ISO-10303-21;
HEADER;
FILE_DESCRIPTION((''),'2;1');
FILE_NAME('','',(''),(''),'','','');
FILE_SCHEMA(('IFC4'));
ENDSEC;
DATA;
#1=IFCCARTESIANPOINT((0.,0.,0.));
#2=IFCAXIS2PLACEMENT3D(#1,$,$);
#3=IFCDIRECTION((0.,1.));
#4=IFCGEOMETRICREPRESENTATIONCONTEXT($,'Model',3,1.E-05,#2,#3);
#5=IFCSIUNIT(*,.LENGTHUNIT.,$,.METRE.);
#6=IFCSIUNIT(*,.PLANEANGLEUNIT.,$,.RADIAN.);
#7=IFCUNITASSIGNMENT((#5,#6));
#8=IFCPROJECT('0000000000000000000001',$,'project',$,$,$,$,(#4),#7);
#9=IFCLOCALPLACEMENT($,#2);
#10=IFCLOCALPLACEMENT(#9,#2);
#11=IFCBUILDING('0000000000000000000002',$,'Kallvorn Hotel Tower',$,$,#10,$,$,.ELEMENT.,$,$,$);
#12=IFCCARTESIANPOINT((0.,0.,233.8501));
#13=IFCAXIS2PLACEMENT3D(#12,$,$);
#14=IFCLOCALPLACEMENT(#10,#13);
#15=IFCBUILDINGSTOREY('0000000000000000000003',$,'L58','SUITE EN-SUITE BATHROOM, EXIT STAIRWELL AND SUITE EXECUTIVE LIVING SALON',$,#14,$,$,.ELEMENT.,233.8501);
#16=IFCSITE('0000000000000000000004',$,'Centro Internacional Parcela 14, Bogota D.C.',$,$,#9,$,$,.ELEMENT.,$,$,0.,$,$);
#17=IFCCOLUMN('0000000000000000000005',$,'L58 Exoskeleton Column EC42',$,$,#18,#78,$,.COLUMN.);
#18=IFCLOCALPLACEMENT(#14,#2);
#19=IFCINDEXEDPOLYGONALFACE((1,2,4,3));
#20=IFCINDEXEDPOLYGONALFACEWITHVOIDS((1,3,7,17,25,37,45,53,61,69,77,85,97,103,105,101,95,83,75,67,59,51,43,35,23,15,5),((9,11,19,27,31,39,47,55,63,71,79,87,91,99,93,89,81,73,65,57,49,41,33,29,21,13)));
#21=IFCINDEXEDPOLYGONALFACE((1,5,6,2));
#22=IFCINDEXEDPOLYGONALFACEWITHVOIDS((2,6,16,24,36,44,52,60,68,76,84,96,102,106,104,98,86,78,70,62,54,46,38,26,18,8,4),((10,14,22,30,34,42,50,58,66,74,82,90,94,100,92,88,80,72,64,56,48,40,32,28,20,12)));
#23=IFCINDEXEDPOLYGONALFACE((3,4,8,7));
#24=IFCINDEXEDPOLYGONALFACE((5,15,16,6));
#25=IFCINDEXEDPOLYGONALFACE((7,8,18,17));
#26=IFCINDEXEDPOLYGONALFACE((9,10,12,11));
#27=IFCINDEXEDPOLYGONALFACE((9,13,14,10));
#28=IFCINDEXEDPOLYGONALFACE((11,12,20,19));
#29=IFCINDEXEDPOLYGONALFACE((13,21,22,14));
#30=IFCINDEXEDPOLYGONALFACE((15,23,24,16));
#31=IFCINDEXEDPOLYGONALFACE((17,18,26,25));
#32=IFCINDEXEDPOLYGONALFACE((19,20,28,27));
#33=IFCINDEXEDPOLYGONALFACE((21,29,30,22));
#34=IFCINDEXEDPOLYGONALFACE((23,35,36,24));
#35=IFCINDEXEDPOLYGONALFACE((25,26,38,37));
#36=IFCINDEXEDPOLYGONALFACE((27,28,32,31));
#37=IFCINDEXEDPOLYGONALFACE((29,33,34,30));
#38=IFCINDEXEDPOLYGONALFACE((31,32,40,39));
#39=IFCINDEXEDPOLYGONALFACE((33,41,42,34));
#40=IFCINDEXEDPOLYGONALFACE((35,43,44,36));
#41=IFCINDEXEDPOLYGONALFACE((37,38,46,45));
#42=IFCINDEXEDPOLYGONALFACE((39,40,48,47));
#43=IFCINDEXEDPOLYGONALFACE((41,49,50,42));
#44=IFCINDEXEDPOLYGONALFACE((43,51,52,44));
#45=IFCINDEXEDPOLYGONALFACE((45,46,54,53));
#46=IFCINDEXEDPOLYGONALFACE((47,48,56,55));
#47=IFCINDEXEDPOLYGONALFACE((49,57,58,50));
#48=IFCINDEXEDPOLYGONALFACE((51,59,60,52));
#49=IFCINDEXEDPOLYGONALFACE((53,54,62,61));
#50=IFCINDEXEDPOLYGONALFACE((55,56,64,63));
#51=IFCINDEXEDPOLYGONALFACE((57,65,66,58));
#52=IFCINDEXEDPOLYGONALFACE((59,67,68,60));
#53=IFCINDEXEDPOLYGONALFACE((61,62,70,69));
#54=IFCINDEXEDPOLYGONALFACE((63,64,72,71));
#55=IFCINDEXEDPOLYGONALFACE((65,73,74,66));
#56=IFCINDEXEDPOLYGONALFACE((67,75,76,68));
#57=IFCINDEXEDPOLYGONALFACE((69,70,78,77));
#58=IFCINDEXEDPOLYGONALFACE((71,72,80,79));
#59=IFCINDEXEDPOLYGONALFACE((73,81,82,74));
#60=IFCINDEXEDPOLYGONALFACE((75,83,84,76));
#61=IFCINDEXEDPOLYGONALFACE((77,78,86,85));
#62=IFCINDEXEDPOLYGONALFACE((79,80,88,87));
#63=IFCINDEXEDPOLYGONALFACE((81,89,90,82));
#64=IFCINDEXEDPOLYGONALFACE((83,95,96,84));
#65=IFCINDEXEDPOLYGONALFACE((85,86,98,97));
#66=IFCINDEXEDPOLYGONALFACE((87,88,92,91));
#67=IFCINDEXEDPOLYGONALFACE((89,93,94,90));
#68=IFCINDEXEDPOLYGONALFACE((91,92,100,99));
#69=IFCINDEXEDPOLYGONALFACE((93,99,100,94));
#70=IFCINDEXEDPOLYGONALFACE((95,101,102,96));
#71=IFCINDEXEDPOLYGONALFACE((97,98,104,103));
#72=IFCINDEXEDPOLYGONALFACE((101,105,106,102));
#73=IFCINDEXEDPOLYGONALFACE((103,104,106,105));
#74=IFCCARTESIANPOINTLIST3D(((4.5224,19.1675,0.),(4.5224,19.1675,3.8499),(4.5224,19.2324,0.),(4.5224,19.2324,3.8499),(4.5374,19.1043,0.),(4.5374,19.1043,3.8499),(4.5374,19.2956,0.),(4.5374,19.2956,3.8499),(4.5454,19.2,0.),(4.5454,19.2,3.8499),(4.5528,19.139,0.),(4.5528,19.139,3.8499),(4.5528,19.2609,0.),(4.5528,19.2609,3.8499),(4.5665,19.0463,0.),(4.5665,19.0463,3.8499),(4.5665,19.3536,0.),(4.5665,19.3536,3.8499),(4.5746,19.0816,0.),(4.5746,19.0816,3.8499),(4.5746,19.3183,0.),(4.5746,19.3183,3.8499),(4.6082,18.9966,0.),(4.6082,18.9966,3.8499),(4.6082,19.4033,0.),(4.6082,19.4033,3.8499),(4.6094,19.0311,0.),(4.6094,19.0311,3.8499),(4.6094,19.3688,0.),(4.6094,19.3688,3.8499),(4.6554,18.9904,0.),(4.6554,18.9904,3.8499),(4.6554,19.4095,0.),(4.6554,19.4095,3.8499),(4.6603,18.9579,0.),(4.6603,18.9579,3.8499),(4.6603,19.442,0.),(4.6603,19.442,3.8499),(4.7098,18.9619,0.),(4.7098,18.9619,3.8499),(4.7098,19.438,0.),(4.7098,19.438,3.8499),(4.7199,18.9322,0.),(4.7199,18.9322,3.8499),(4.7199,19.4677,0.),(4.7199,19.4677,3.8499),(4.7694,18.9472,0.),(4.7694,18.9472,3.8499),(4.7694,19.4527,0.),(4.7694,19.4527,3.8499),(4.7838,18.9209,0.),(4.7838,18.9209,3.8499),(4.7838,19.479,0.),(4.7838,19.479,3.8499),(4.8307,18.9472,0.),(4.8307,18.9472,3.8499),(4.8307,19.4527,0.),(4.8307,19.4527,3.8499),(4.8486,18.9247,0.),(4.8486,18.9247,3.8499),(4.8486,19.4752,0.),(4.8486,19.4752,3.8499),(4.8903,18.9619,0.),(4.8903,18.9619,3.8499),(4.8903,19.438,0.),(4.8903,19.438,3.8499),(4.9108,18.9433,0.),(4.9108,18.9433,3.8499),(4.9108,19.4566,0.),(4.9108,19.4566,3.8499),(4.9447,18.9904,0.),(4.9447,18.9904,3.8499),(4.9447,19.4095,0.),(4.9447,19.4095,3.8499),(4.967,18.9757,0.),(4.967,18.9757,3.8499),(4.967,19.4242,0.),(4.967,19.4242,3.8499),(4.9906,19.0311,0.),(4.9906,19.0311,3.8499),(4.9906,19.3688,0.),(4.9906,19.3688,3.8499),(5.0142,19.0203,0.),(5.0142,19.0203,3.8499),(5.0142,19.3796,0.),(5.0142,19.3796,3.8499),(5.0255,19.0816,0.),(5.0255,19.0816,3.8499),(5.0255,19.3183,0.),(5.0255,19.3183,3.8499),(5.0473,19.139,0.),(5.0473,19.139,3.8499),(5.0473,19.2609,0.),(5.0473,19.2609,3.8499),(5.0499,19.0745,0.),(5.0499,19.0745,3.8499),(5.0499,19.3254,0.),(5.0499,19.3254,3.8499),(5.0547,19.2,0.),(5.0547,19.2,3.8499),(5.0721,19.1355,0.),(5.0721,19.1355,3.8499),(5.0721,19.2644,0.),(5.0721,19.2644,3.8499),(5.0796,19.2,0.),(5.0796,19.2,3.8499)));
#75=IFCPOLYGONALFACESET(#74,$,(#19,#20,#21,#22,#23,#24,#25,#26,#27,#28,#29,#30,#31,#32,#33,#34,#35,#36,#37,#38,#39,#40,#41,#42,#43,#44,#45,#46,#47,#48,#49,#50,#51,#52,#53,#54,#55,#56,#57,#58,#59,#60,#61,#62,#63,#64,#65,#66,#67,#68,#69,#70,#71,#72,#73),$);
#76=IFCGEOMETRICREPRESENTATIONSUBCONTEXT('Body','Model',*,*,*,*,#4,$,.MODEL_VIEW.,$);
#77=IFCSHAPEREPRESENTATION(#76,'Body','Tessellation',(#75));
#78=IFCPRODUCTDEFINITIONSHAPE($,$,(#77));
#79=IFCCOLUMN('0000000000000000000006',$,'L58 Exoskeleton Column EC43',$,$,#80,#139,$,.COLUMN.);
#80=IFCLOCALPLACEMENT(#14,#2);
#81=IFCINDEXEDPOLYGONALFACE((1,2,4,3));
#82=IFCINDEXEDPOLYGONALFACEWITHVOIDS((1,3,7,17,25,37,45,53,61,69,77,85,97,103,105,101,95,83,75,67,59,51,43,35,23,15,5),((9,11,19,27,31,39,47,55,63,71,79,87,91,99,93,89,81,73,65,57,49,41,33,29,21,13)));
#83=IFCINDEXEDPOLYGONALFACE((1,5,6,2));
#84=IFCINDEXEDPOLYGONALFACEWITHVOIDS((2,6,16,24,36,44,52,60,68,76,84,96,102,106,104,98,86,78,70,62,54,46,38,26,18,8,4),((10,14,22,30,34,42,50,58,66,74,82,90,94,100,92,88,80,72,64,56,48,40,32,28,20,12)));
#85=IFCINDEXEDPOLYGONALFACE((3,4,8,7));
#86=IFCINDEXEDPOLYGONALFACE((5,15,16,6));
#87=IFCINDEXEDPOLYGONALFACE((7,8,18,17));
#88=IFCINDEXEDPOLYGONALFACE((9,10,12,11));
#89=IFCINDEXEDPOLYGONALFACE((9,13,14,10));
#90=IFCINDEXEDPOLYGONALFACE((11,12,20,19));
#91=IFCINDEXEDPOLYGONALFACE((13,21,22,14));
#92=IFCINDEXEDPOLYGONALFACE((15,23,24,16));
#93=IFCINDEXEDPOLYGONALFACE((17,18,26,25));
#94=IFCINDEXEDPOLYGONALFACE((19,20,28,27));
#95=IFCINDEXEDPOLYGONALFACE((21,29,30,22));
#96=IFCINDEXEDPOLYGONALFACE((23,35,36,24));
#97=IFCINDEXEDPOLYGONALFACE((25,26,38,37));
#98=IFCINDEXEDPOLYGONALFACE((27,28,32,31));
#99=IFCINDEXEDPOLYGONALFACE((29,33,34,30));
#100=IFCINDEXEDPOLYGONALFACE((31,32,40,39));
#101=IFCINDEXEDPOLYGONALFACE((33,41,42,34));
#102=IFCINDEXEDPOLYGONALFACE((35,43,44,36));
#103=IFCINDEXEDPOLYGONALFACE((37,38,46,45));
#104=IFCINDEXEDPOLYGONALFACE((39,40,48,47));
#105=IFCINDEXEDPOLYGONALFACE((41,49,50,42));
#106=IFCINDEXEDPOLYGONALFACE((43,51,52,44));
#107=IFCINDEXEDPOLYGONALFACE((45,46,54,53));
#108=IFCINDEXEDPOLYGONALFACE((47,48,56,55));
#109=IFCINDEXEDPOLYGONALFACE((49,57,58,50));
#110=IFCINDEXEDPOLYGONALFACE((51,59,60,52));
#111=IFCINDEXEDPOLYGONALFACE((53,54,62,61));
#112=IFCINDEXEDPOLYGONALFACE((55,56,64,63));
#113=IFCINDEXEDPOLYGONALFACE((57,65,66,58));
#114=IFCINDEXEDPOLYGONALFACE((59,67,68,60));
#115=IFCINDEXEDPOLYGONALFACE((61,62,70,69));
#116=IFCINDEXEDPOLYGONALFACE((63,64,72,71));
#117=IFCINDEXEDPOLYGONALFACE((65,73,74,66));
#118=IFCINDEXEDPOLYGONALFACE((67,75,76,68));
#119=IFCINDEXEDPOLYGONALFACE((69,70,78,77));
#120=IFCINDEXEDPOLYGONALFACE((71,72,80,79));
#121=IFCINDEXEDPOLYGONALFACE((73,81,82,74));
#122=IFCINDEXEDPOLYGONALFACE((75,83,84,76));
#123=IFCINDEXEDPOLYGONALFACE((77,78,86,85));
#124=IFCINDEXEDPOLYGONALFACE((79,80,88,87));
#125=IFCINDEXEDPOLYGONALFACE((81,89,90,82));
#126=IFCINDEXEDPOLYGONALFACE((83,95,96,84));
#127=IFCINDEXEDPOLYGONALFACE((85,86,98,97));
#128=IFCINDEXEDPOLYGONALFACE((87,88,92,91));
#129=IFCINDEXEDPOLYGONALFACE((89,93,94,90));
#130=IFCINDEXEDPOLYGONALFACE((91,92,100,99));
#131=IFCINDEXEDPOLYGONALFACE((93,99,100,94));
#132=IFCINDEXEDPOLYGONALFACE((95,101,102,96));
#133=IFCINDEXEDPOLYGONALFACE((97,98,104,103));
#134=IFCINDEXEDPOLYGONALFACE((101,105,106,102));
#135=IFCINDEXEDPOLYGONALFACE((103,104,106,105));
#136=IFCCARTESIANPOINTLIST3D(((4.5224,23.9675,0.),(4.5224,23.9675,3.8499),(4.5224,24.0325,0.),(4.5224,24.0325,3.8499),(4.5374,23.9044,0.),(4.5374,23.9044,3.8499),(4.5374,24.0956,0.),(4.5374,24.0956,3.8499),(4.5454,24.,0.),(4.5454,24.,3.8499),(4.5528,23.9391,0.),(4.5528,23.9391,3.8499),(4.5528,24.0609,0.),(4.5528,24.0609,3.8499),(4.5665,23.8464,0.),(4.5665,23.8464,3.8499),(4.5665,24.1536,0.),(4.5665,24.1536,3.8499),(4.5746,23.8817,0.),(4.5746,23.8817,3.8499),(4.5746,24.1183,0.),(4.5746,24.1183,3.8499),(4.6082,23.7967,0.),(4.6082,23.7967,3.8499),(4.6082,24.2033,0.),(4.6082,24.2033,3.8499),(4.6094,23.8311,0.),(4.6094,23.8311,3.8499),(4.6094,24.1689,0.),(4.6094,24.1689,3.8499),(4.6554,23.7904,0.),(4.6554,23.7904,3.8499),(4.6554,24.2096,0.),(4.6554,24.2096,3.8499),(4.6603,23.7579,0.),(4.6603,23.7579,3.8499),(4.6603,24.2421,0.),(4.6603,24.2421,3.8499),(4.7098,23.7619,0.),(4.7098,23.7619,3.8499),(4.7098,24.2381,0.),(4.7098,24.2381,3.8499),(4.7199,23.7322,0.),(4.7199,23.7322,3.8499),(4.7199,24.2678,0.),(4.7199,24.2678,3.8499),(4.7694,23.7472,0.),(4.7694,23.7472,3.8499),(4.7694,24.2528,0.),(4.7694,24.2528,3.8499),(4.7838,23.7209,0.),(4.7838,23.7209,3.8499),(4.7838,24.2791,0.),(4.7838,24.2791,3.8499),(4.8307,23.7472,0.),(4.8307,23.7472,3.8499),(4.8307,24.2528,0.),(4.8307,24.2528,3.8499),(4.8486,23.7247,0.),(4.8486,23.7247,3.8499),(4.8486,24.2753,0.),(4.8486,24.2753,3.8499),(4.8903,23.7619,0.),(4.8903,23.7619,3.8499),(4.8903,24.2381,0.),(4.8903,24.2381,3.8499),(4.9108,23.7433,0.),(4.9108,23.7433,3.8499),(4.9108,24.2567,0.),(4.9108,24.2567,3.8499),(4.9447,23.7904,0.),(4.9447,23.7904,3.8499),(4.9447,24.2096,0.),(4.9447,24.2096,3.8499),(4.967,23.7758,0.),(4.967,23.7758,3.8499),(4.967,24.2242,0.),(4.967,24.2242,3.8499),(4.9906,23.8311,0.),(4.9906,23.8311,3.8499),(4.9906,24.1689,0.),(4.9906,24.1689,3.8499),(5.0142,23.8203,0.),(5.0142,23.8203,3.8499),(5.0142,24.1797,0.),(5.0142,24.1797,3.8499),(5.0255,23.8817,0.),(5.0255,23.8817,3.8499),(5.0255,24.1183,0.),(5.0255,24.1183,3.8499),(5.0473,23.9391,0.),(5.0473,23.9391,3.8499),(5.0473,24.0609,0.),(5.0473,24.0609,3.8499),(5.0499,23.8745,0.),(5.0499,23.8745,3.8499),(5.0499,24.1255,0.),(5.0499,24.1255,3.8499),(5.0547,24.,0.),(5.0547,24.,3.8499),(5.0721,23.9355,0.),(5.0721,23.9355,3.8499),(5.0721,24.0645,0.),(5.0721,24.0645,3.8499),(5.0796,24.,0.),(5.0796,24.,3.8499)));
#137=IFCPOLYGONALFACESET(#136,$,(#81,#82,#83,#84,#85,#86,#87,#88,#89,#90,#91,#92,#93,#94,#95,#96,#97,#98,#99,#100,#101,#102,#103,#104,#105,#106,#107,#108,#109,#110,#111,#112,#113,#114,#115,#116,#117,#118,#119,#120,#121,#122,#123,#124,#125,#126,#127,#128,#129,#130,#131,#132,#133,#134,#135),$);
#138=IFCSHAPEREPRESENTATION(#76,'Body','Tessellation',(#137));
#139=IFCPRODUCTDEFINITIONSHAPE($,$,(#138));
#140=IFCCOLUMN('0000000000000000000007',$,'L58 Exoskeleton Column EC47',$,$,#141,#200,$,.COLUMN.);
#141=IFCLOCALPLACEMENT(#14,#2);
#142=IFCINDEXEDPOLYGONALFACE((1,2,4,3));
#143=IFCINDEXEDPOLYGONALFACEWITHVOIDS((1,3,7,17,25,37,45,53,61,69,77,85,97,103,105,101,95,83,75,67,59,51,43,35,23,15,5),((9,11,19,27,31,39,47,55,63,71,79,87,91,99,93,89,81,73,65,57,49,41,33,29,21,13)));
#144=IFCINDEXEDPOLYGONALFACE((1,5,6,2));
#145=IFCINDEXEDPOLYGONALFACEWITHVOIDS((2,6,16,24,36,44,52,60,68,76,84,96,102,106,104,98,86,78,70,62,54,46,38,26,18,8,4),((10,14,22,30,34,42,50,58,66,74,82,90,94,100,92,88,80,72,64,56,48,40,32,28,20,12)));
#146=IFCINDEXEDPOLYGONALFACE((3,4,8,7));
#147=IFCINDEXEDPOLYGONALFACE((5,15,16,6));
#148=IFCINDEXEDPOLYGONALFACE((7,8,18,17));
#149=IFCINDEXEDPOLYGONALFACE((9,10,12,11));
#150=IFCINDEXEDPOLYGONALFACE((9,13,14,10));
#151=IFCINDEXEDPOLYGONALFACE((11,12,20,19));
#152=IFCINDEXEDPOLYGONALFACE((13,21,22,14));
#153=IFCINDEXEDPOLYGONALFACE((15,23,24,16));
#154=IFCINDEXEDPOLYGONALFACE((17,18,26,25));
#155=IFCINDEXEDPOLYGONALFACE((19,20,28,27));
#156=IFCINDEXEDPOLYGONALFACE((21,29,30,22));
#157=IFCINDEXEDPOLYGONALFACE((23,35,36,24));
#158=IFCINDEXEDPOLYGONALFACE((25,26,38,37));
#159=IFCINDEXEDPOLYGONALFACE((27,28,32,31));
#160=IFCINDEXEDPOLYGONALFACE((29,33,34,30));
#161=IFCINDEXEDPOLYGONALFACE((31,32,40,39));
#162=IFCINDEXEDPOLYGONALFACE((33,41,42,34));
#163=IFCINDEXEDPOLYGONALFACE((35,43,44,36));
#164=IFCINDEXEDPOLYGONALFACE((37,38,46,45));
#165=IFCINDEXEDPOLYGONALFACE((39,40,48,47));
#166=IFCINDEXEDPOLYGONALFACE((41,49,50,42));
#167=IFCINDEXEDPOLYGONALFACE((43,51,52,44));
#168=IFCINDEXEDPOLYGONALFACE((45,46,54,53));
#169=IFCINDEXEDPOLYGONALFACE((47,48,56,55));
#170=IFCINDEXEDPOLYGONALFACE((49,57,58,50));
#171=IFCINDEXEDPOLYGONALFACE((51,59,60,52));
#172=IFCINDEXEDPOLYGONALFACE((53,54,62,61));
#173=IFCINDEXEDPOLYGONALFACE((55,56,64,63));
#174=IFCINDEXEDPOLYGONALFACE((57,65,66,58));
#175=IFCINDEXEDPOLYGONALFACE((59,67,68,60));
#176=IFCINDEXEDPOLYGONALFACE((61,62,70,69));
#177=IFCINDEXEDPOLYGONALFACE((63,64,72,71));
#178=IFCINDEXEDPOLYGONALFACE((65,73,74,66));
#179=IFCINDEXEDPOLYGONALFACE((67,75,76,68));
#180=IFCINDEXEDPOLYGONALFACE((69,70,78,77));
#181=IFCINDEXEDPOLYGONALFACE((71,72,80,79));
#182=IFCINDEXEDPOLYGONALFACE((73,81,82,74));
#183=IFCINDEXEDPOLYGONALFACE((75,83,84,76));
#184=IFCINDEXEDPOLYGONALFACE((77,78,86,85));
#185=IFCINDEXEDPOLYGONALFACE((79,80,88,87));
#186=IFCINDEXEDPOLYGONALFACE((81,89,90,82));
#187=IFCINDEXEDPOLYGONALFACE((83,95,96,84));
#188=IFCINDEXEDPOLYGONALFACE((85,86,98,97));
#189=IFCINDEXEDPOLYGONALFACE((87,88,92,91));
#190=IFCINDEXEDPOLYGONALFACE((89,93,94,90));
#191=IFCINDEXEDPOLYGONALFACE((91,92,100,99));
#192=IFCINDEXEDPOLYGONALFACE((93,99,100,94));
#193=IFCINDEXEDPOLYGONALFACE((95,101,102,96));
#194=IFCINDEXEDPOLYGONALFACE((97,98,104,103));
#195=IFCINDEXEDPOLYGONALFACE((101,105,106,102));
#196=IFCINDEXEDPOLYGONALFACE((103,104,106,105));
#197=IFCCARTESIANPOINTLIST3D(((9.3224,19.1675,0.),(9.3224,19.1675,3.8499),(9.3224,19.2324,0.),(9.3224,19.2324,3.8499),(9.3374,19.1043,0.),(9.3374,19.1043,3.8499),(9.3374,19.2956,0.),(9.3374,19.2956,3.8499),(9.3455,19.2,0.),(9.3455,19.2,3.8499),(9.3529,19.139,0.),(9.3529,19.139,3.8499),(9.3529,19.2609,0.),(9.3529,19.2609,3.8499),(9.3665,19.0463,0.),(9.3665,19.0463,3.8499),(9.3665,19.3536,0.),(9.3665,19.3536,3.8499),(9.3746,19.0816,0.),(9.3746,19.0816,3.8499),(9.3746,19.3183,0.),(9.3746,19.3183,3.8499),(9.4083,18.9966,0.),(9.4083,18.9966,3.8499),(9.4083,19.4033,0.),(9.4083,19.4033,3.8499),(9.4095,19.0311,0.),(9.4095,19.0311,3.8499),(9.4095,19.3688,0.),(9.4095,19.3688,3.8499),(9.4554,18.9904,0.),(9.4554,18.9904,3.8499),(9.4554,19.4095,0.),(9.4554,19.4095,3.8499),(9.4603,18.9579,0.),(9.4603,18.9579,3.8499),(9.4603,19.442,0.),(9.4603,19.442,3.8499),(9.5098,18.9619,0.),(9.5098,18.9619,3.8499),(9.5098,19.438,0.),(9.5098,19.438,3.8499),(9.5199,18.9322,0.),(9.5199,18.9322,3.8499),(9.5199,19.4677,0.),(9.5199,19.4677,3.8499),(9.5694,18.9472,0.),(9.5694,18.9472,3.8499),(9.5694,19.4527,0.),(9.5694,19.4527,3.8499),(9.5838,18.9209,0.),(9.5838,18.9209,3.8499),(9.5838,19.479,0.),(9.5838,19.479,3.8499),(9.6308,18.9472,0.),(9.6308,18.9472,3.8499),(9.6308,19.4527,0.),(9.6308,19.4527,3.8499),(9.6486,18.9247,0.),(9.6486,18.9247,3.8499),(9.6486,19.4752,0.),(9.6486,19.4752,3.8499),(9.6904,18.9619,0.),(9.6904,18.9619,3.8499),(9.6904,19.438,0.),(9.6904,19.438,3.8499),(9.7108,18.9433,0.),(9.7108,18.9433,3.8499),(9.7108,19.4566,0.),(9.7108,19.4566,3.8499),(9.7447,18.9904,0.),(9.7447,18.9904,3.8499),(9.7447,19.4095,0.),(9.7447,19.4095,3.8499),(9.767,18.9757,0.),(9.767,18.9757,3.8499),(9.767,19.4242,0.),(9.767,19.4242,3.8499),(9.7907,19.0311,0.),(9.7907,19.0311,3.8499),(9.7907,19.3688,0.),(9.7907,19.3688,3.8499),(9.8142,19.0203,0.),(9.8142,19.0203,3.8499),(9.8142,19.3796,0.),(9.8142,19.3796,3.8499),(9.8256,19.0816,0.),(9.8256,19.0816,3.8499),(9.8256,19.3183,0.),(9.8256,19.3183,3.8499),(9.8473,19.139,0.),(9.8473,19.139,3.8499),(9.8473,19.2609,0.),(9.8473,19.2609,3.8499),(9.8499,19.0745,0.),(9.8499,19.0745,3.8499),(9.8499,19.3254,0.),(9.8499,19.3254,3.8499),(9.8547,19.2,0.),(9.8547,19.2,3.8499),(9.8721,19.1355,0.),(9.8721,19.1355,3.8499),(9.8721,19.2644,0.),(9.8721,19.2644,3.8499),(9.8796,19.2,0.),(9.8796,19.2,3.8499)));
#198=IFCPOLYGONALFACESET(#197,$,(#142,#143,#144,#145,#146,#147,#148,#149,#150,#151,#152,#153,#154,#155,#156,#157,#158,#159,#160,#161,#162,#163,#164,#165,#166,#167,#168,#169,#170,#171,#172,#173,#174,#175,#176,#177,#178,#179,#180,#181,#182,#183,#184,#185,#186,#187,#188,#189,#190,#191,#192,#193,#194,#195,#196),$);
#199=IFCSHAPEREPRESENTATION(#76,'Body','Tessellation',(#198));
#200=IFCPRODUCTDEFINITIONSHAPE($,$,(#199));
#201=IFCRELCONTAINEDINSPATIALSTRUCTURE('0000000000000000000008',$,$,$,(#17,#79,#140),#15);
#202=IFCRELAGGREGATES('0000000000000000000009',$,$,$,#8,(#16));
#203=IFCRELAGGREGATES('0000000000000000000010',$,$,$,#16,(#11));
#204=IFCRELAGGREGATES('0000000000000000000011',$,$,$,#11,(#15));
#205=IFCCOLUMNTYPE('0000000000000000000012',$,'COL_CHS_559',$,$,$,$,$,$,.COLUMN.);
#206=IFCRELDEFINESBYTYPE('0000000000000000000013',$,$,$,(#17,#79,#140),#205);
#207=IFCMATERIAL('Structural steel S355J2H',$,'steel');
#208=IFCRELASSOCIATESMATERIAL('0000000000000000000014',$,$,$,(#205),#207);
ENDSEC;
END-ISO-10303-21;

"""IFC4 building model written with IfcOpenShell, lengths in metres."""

from ifc_helpers import new_model, si_unit, direction, frame, origin, origin_2d, place, context, subcontext, project, spatial, hollow_circle, extrude, material, material_profile, profile_set, type_object, element, save


model = new_model("IFC4")

# Units and contexts
model_context = context("Model", 3, precision=1e-05, world=origin(), true_north=direction((0.0, 1.0)))
body_context = subcontext(model_context, "Body", "Model", "MODEL_VIEW")
ifc_project = project(units=[si_unit("LENGTHUNIT", "METRE"), si_unit("PLANEANGLEUNIT", "RADIAN")], contexts=[model_context])

# Site, building, storey
site_placement = place(None, origin())
site = spatial("IfcSite", under=ifc_project, at=site_placement, Name="Centro Internacional Parcela 14, Bogota D.C.", CompositionType="ELEMENT", RefElevation=0.0)
building_placement = place(site_placement, origin())
building = spatial("IfcBuilding", under=site, at=building_placement, Name="Kallvorn Hotel Tower", CompositionType="ELEMENT")
storey_placement = place(building_placement, frame((0.0, 0.0, 233.8501)))
storey = spatial("IfcBuildingStorey", under=building, at=storey_placement, Name="L58", Description="SUITE EN-SUITE BATHROOM, EXIT STAIRWELL AND SUITE EXECUTIVE LIVING SALON", CompositionType="ELEMENT", Elevation=233.8501)

# Columns
ifc_material_1 = material(Name="Structural steel S355J2H", Category="steel")
ifc_material_profile_1 = material_profile(ifc_material_1, hollow_circle(Radius=0.2795, WallThickness=0.0249, at=origin_2d()), Name="CHS 559x25")
ifc_profile_set_1 = profile_set([ifc_material_profile_1], Name="Structural steel S355J2H")
column_type_1 = type_object("IfcColumnType", Name="COL_CHS_559", PredefinedType="COLUMN", material=ifc_profile_set_1)
for number, where, z_axis, x_axis, name in (
    (1, (4.8, 19.2, 0.0), (0.0, 0.0, 1.0), (1.0, 0.0, 0.0), "L58 Exoskeleton Column EC42"),
    (2, (4.8, 24.0, 0.0), (0.0, 0.0, 1.0), (1.0, 0.0, 0.0), "L58 Exoskeleton Column EC43"),
    (3, (9.6001, 19.2, 0.0), (0.0, 0.0, 1.0), (1.0, 0.0, 0.0), "L58 Exoskeleton Column EC47"),
):
    element("IfcColumn", number, at=place(storey_placement, frame(where, z_axis=z_axis, x_axis=x_axis)), inside=storey, type_object=column_type_1, Name=name, PredefinedType="COLUMN", context=body_context, shape_type="SweptSolid", body=[
        extrude(hollow_circle(Radius=0.2795, WallThickness=0.0249, at=origin_2d()), origin(), (0.0, 0.0, 1.0), 3.8499),
    ])

save(model, "model.ifc")
